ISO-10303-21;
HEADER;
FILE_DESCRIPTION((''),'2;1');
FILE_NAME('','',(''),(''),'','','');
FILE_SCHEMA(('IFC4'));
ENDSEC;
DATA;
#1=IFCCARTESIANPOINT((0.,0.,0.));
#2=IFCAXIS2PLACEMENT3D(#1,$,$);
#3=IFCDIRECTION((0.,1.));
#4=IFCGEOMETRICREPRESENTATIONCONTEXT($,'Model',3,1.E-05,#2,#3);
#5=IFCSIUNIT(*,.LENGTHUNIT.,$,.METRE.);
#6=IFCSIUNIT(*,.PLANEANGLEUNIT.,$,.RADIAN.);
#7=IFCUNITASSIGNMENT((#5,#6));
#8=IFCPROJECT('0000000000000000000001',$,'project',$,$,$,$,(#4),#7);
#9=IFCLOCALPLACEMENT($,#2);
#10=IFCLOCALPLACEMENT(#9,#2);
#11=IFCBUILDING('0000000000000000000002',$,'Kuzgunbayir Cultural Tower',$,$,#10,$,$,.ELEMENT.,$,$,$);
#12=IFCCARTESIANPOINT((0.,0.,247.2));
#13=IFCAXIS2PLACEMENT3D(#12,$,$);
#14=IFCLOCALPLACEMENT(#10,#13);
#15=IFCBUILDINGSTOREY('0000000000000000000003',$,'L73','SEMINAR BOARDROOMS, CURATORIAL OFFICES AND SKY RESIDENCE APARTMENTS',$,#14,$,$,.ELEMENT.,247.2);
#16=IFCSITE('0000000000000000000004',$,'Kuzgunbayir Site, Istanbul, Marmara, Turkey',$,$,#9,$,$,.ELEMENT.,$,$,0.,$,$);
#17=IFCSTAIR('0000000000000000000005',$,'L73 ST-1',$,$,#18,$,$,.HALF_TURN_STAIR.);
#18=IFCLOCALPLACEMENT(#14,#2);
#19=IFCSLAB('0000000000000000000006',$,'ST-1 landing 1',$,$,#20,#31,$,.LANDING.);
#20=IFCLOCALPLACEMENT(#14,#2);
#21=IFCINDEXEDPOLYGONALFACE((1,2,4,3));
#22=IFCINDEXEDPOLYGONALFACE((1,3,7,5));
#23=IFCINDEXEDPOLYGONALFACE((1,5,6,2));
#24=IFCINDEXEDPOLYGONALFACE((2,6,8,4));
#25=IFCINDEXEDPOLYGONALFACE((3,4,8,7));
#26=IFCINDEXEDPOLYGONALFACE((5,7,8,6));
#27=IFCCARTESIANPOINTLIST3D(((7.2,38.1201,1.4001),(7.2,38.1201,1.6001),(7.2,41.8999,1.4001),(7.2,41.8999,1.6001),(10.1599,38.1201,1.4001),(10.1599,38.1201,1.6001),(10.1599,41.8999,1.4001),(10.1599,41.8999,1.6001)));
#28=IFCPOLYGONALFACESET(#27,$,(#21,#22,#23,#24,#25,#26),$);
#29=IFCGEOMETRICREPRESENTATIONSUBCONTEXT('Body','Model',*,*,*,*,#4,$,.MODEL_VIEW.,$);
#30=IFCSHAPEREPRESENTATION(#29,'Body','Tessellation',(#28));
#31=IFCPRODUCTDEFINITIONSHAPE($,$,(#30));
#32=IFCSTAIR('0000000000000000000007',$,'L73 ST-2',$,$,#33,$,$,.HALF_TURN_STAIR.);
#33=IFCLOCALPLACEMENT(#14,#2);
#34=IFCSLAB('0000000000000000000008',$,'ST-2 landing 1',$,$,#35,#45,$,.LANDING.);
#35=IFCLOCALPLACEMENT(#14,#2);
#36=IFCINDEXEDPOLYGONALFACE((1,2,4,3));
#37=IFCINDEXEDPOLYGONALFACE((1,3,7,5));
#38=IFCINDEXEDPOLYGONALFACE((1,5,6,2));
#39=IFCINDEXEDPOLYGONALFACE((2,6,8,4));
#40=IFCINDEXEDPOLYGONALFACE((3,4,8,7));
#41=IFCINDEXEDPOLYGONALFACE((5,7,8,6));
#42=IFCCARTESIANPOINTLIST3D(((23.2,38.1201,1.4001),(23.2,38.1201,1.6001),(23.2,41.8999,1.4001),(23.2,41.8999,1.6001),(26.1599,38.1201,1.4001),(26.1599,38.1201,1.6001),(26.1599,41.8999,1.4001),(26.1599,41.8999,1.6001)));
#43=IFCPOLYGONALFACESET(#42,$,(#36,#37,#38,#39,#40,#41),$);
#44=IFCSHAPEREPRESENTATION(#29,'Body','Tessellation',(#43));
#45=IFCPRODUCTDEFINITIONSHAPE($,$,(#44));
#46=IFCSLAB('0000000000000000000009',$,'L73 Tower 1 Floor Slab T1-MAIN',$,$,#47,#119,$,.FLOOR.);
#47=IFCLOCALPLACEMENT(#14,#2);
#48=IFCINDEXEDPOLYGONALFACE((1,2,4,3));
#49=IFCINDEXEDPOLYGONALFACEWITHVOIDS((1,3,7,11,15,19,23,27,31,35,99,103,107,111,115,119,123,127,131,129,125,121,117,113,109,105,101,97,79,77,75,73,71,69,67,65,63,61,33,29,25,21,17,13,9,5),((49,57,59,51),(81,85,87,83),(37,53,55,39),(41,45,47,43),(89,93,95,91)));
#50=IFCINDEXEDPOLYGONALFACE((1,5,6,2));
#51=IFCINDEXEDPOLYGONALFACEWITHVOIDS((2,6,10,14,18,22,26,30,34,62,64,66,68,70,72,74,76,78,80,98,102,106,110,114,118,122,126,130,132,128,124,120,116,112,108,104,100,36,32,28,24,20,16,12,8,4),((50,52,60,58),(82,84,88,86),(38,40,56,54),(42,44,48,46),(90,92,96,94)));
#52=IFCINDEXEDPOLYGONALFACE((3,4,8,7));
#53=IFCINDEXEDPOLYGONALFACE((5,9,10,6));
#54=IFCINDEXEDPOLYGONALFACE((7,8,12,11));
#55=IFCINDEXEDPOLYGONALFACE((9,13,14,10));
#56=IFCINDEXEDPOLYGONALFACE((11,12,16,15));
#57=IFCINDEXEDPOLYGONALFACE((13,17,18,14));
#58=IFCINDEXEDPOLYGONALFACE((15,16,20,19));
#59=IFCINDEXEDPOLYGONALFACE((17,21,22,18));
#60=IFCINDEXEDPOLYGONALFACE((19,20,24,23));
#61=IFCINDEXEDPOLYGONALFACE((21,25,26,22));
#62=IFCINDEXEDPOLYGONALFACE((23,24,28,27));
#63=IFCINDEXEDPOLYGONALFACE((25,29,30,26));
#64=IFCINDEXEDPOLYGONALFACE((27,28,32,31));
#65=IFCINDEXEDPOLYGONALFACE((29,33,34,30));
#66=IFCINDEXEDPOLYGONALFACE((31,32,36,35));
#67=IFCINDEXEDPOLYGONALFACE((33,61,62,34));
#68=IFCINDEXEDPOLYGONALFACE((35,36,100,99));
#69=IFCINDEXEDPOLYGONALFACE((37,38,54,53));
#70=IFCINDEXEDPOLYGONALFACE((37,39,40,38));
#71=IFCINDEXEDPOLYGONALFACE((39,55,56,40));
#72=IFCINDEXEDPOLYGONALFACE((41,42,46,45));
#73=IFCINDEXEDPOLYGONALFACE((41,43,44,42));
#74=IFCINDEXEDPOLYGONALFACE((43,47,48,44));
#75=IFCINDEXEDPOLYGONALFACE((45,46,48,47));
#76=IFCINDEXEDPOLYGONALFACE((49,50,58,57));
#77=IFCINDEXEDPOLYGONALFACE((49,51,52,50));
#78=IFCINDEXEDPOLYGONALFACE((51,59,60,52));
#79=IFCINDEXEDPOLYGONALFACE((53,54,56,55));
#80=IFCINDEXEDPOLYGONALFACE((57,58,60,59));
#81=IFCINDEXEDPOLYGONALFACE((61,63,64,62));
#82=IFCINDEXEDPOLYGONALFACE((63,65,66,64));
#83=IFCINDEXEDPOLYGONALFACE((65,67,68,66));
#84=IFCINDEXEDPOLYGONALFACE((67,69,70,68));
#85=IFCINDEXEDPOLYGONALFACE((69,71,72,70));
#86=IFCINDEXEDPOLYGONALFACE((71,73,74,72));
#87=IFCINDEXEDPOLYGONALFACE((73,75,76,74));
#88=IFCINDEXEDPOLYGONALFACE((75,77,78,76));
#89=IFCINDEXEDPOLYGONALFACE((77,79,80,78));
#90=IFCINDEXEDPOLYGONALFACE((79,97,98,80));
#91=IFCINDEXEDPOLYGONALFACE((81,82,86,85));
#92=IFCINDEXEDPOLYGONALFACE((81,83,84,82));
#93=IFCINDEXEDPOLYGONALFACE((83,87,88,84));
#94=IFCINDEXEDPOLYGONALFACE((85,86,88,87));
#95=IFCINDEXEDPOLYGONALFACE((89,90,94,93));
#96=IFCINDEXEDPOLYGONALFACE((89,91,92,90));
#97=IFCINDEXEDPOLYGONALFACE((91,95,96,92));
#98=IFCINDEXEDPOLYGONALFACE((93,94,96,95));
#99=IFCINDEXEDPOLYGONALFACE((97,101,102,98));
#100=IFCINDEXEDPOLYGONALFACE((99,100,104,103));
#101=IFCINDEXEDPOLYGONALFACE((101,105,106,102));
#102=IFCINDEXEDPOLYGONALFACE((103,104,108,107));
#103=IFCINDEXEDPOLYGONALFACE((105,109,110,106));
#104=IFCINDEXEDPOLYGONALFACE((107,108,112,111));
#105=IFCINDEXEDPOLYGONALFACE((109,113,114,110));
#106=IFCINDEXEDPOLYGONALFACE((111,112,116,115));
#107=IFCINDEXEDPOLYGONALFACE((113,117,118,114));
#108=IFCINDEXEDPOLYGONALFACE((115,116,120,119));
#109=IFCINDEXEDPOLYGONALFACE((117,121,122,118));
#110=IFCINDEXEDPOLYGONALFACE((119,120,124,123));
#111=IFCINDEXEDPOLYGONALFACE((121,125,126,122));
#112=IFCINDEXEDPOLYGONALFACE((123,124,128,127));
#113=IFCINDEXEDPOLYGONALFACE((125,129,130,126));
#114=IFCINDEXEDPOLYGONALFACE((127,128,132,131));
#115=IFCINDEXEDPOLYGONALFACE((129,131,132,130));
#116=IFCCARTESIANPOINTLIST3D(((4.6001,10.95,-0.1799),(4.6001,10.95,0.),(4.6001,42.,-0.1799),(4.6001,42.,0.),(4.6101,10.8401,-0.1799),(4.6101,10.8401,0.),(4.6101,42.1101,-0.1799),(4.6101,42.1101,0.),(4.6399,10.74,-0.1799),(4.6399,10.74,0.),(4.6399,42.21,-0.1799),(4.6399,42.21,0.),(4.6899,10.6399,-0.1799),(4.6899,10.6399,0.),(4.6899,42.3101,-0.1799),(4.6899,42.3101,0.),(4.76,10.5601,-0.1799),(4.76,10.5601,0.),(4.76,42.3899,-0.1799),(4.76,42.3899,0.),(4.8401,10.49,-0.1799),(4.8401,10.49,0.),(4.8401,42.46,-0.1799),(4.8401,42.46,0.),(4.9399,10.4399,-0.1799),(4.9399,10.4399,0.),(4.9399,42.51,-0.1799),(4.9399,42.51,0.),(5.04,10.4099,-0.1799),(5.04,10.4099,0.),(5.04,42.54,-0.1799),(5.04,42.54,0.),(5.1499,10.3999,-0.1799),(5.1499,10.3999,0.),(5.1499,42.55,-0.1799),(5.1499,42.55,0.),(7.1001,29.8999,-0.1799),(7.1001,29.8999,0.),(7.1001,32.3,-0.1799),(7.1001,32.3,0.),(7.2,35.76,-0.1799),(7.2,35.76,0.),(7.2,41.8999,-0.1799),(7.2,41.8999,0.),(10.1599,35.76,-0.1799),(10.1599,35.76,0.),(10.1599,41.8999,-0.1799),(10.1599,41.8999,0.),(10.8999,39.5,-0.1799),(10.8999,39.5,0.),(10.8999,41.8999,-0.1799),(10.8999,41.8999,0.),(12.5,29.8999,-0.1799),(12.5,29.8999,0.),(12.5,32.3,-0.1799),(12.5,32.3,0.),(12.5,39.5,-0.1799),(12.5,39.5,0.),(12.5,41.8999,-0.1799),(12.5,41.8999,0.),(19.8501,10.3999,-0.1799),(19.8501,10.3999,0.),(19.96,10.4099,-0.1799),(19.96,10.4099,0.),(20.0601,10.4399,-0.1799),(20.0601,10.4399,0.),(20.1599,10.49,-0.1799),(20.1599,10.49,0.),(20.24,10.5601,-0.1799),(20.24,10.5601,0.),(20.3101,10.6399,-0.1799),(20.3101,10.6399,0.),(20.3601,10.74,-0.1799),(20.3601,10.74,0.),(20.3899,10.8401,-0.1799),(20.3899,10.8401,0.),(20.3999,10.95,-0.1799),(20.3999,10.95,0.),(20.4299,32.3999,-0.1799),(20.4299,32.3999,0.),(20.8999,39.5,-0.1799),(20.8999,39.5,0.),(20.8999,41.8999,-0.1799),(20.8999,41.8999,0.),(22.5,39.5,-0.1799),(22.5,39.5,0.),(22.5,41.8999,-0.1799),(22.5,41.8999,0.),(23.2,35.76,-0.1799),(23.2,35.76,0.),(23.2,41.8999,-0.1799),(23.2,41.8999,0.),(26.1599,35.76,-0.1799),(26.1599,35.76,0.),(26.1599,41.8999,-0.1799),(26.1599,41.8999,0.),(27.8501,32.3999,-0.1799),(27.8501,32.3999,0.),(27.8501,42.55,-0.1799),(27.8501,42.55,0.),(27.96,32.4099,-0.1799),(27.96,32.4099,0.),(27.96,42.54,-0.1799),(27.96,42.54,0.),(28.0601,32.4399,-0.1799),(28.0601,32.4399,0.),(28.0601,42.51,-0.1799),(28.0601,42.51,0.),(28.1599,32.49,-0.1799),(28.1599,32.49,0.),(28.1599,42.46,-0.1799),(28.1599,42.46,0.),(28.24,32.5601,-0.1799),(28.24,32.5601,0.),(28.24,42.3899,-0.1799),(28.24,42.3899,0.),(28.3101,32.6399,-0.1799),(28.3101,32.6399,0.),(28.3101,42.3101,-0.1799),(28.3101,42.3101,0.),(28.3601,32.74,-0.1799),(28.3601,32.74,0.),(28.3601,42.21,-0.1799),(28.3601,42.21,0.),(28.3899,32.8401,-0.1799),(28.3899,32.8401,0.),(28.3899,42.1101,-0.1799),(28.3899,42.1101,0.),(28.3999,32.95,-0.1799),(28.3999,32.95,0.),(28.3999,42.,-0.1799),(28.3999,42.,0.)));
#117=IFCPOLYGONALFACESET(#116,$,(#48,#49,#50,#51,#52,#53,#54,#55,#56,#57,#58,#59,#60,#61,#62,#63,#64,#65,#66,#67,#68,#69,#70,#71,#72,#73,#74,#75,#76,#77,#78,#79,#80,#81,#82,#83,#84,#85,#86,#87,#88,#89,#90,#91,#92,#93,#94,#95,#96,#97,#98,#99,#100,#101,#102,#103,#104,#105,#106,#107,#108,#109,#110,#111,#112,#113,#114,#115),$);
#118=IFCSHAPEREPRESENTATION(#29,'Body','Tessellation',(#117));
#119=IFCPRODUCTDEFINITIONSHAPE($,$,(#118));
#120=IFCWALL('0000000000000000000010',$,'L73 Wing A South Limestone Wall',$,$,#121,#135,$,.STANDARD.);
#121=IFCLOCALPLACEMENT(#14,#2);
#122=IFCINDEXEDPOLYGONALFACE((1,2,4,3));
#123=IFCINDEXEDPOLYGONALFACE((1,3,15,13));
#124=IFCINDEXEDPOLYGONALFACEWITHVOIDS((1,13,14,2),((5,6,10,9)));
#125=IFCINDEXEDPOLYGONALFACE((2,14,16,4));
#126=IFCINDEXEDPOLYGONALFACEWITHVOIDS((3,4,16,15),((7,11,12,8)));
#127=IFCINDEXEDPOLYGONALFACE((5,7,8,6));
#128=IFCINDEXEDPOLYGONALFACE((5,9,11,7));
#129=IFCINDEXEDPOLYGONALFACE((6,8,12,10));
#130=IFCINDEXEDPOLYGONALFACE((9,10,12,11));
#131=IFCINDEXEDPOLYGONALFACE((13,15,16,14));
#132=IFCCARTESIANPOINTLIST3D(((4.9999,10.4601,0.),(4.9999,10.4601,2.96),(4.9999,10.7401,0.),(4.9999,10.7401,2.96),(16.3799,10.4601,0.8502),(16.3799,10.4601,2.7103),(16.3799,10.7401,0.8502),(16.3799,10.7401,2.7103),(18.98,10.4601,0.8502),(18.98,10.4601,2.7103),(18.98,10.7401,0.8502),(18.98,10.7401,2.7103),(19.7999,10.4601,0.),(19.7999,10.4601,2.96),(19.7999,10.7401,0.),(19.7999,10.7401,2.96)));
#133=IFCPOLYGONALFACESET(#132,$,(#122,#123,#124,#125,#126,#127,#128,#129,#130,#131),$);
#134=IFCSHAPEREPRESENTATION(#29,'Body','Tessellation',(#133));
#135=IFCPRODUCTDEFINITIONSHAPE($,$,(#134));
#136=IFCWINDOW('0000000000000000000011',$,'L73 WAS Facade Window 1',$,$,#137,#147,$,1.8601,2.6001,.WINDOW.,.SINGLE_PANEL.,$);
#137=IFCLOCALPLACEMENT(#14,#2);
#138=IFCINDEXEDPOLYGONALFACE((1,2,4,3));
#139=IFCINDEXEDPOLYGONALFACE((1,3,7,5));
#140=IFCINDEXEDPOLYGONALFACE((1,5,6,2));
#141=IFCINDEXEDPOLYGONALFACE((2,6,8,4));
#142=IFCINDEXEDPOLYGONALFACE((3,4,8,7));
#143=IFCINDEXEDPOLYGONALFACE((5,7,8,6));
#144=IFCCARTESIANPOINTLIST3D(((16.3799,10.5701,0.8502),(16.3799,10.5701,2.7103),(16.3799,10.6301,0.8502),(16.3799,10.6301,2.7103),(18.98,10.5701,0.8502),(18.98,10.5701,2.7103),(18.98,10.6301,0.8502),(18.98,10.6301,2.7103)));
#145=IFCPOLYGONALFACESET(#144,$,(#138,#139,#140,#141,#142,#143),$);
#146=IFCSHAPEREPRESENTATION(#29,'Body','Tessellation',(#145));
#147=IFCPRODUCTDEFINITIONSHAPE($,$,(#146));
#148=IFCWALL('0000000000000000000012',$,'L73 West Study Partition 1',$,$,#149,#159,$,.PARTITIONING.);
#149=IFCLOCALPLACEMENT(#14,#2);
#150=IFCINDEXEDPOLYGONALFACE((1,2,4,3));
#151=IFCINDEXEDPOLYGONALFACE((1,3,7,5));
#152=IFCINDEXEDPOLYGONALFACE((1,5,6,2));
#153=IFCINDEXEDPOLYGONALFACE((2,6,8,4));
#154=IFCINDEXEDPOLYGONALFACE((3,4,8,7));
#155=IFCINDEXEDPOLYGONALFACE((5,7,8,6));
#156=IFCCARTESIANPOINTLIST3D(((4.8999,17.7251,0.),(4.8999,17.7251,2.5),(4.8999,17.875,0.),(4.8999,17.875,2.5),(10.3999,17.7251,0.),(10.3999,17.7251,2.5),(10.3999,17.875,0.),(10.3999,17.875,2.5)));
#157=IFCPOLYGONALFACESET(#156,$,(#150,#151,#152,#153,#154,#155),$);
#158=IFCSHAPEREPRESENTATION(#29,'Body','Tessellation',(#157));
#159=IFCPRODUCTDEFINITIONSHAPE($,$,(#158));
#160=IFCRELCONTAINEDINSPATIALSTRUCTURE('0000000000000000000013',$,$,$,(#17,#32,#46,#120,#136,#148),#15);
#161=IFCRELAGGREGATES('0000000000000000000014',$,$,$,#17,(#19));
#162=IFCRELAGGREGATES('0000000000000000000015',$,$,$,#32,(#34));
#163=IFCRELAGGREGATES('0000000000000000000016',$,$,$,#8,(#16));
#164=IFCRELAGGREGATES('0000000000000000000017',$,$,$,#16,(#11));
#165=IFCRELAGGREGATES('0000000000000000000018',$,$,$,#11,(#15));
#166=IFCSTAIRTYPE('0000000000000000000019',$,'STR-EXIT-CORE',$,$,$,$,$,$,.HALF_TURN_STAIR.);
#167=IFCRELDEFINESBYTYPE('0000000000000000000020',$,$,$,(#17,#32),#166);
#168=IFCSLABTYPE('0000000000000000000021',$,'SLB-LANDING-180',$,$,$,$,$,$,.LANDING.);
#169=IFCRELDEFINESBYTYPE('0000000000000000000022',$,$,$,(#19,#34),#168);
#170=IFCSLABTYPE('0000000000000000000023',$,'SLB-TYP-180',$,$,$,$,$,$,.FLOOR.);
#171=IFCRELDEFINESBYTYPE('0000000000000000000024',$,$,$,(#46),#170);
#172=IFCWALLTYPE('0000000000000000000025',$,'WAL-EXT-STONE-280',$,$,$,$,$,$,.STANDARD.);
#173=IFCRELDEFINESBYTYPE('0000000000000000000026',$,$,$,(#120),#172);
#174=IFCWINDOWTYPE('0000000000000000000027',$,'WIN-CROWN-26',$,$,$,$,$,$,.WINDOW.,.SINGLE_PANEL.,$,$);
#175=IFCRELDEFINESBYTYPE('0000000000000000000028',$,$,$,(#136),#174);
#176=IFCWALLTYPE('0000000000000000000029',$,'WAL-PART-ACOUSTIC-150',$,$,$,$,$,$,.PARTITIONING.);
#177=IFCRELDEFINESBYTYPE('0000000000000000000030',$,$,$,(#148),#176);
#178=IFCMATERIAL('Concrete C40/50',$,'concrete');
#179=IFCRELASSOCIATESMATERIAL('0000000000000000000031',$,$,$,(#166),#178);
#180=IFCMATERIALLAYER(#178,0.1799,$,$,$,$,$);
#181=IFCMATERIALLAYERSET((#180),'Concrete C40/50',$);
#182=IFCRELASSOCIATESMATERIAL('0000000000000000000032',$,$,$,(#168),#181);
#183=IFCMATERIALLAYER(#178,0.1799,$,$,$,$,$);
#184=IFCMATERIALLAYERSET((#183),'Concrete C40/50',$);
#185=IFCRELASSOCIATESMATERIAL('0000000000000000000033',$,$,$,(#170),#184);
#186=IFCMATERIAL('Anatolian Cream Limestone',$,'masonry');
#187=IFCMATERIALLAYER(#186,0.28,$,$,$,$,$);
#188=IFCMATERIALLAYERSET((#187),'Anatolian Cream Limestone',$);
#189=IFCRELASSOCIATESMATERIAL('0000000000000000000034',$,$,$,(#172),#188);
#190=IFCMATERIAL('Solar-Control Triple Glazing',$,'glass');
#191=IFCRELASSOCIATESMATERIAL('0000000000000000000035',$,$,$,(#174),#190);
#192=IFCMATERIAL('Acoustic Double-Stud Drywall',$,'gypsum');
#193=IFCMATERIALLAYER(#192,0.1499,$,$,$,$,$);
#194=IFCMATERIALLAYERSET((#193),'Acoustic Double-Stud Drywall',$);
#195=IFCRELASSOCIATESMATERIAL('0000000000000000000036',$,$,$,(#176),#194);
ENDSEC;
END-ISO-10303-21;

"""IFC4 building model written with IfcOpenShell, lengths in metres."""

from ifc_helpers import new_model, si_unit, direction, frame, frame_2d, origin, place, context, subcontext, project, spatial, polyline, rectangle, outline, extrude, material, layer, layer_set, type_object, element, fill, aggregate, save


model = new_model("IFC4")

# Units and contexts
model_context = context("Model", 3, precision=1e-05, world=origin(), true_north=direction((0.0, 1.0)))
body_context = subcontext(model_context, "Body", "Model", "MODEL_VIEW")
ifc_project = project(units=[si_unit("LENGTHUNIT", "METRE"), si_unit("PLANEANGLEUNIT", "RADIAN")], contexts=[model_context])

# Site, building, storey
site_placement = place(None, origin())
site = spatial("IfcSite", under=ifc_project, at=site_placement, Name="Kuzgunbayir Site, Istanbul, Marmara, Turkey", CompositionType="ELEMENT", RefElevation=0.0)
building_placement = place(site_placement, origin())
building = spatial("IfcBuilding", under=site, at=building_placement, Name="Kuzgunbayir Cultural Tower", CompositionType="ELEMENT")
storey_placement = place(building_placement, frame((0.0, 0.0, 247.2)))
storey = spatial("IfcBuildingStorey", under=building, at=storey_placement, Name="L73", Description="SEMINAR BOARDROOMS, CURATORIAL OFFICES AND SKY RESIDENCE APARTMENTS", CompositionType="ELEMENT", Elevation=247.2)

# Stairs, slabs
ifc_material_1 = material(Name="Concrete C40/50", Category="concrete")
stair_type = type_object("IfcStairType", Name="STR-EXIT-CORE", PredefinedType="HALF_TURN_STAIR", material=ifc_material_1)
stair_1_placement = place(storey_placement, origin())
stair_1 = element("IfcStair", 1, at=stair_1_placement, inside=storey, type_object=stair_type, Name="L73 ST-1", PredefinedType="HALF_TURN_STAIR")
ifc_layer_1 = layer(ifc_material_1, 0.1799)
ifc_layer_set_1 = layer_set([ifc_layer_1], Name="Concrete C40/50")
slab_type_1 = type_object("IfcSlabType", Name="SLB-LANDING-180", PredefinedType="LANDING", material=ifc_layer_set_1)
slab_1_placement = place(storey_placement, frame((0.0, 0.0, 1.4001)))
slab_1 = element("IfcSlab", 2, at=slab_1_placement, type_object=slab_type_1, Name="ST-1 landing 1", PredefinedType="LANDING", context=body_context, shape_type="SweptSolid", body=[
    extrude(outline(polyline([(10.1599, 38.1201), (10.1599, 41.8999), (7.2, 41.8999), (7.2, 38.1201), (10.1599, 38.1201)])), origin(), (0.0, 0.0, 1.0), 0.2),
])
aggregate(stair_1, [slab_1])
stair_2_placement = place(storey_placement, origin())
stair_2 = element("IfcStair", 3, at=stair_2_placement, inside=storey, type_object=stair_type, Name="L73 ST-2", PredefinedType="HALF_TURN_STAIR")
slab_2_placement = place(storey_placement, frame((0.0, 0.0, 1.4001)))
slab_2 = element("IfcSlab", 4, at=slab_2_placement, type_object=slab_type_1, Name="ST-2 landing 1", PredefinedType="LANDING", context=body_context, shape_type="SweptSolid", body=[
    extrude(outline(polyline([(26.1599, 38.1201), (26.1599, 41.8999), (23.2, 41.8999), (23.2, 38.1201), (26.1599, 38.1201)])), origin(), (0.0, 0.0, 1.0), 0.2),
])
aggregate(stair_2, [slab_2])

# Slab
ifc_layer_2 = layer(ifc_material_1, 0.1799)
ifc_layer_set_2 = layer_set([ifc_layer_2], Name="Concrete C40/50")
slab_type_2 = type_object("IfcSlabType", Name="SLB-TYP-180", PredefinedType="FLOOR", material=ifc_layer_set_2)
slab_3_placement = place(storey_placement, frame((0.0, 0.0, -0.1799)))
element("IfcSlab", 5, at=slab_3_placement, inside=storey, type_object=slab_type_2, Name="L73 Tower 1 Floor Slab T1-MAIN", PredefinedType="FLOOR", context=body_context, shape_type="SweptSolid", body=[
    extrude(outline(polyline([(20.3999, 10.95), (20.3899, 10.8401), (20.3601, 10.74), (20.3101, 10.6399), (20.24, 10.5601), (20.1599, 10.49), (20.0601, 10.4399), (19.96, 10.4099), (19.8501, 10.3999), (5.1499, 10.3999), (5.04, 10.4099), (4.9399, 10.4399), (4.8401, 10.49), (4.76, 10.5601), (4.6899, 10.6399), (4.6399, 10.74), (4.6101, 10.8401), (4.6001, 10.95), (4.6001, 42.0), (4.6101, 42.1101), (4.6399, 42.21), (4.6899, 42.3101), (4.76, 42.3899), (4.8401, 42.46), (4.9399, 42.51), (5.04, 42.54), (5.1499, 42.55), (27.8501, 42.55), (27.96, 42.54), (28.0601, 42.51), (28.1599, 42.46), (28.24, 42.3899), (28.3101, 42.3101), (28.3601, 42.21), (28.3899, 42.1101), (28.3999, 42.0), (28.3999, 32.95), (28.3899, 32.8401), (28.3601, 32.74), (28.3101, 32.6399), (28.24, 32.5601), (28.1599, 32.49), (28.0601, 32.4399), (27.96, 32.4099), (27.8501, 32.3999), (20.4299, 32.3999), (20.3999, 10.95)]), holes=[polyline([(7.2, 35.76), (7.2, 41.8999), (10.1599, 41.8999), (10.1599, 35.76), (7.2, 35.76)]), polyline([(23.2, 35.76), (23.2, 41.8999), (26.1599, 41.8999), (26.1599, 35.76), (23.2, 35.76)]), polyline([(7.1001, 29.8999), (7.1001, 32.3), (12.5, 32.3), (12.5, 29.8999), (7.1001, 29.8999)]), polyline([(10.8999, 39.5), (10.8999, 41.8999), (12.5, 41.8999), (12.5, 39.5), (10.8999, 39.5)]), polyline([(20.8999, 39.5), (20.8999, 41.8999), (22.5, 41.8999), (22.5, 39.5), (20.8999, 39.5)])]), origin(), (0.0, 0.0, 1.0), 0.1799),
])

# Wall, opening, window
ifc_material_2 = material(Name="Anatolian Cream Limestone", Category="masonry")
ifc_layer_3 = layer(ifc_material_2, 0.28)
ifc_layer_set_3 = layer_set([ifc_layer_3], Name="Anatolian Cream Limestone")
wall_type_1 = type_object("IfcWallType", Name="WAL-EXT-STONE-280", PredefinedType="STANDARD", material=ifc_layer_set_3)
wall_1_placement = place(storey_placement, frame((5.0, 10.6001, 0.0), z_axis=(0.0, 0.0, 1.0), x_axis=(1.0, 0.0, 0.0)))
wall_1 = element("IfcWall", 6, at=wall_1_placement, inside=storey, type_object=wall_type_1, Name="L73 Wing A South Limestone Wall", PredefinedType="STANDARD", context=body_context, shape_type="SweptSolid", body=[
    extrude(rectangle(XDim=14.8, YDim=0.28, at=frame_2d((7.3999, 0.0))), origin(), (0.0, 0.0, 1.0), 2.96),
])
opening_1_placement = place(wall_1_placement, frame((11.3799, 0.0, 0.8501)))
opening_1 = element("IfcOpeningElement", 7, at=opening_1_placement, cuts=wall_1, PredefinedType="OPENING", context=body_context, shape_type="SweptSolid", body=[
    extrude(rectangle(XDim=2.6001, YDim=1.8601, at=frame_2d((1.3, 0.9302))), frame((0.0, 0.1499, 0.0), z_axis=(0.0, -1.0, 0.0), x_axis=(1.0, 0.0, 0.0)), (0.0, 0.0, 1.0), 0.3),
])
ifc_material_3 = material(Name="Solar-Control Triple Glazing", Category="glass")
window_type = type_object("IfcWindowType", Name="WIN-CROWN-26", PartitioningType="SINGLE_PANEL", PredefinedType="WINDOW", material=ifc_material_3)
window_placement = place(opening_1_placement, origin())
window = element("IfcWindow", 8, at=window_placement, inside=storey, type_object=window_type, Name="L73 WAS Facade Window 1", OverallHeight=1.8601, OverallWidth=2.6001, PartitioningType="SINGLE_PANEL", PredefinedType="WINDOW", context=body_context, shape_type="SweptSolid", body=[
    extrude(rectangle(XDim=2.6001, YDim=1.8601, at=frame_2d((1.3, 0.9302))), frame((0.0, 0.03, 0.0), z_axis=(0.0, -1.0, 0.0), x_axis=(1.0, 0.0, 0.0)), (0.0, 0.0, 1.0), 0.0601),
])
fill(opening_1, window)

# Wall
ifc_material_4 = material(Name="Acoustic Double-Stud Drywall", Category="gypsum")
ifc_layer_4 = layer(ifc_material_4, 0.1499)
ifc_layer_set_4 = layer_set([ifc_layer_4], Name="Acoustic Double-Stud Drywall")
wall_type_2 = type_object("IfcWallType", Name="WAL-PART-ACOUSTIC-150", PredefinedType="PARTITIONING", material=ifc_layer_set_4)
wall_2_placement = place(storey_placement, frame((4.8999, 17.8, 0.0), z_axis=(0.0, 0.0, 1.0), x_axis=(1.0, 0.0, 0.0)))
element("IfcWall", 9, at=wall_2_placement, inside=storey, type_object=wall_type_2, Name="L73 West Study Partition 1", PredefinedType="PARTITIONING", context=body_context, shape_type="SweptSolid", body=[
    extrude(rectangle(XDim=5.5, YDim=0.1499, at=frame_2d((2.75, 0.0))), origin(), (0.0, 0.0, 1.0), 2.5),
])

save(model, "model.ifc")
